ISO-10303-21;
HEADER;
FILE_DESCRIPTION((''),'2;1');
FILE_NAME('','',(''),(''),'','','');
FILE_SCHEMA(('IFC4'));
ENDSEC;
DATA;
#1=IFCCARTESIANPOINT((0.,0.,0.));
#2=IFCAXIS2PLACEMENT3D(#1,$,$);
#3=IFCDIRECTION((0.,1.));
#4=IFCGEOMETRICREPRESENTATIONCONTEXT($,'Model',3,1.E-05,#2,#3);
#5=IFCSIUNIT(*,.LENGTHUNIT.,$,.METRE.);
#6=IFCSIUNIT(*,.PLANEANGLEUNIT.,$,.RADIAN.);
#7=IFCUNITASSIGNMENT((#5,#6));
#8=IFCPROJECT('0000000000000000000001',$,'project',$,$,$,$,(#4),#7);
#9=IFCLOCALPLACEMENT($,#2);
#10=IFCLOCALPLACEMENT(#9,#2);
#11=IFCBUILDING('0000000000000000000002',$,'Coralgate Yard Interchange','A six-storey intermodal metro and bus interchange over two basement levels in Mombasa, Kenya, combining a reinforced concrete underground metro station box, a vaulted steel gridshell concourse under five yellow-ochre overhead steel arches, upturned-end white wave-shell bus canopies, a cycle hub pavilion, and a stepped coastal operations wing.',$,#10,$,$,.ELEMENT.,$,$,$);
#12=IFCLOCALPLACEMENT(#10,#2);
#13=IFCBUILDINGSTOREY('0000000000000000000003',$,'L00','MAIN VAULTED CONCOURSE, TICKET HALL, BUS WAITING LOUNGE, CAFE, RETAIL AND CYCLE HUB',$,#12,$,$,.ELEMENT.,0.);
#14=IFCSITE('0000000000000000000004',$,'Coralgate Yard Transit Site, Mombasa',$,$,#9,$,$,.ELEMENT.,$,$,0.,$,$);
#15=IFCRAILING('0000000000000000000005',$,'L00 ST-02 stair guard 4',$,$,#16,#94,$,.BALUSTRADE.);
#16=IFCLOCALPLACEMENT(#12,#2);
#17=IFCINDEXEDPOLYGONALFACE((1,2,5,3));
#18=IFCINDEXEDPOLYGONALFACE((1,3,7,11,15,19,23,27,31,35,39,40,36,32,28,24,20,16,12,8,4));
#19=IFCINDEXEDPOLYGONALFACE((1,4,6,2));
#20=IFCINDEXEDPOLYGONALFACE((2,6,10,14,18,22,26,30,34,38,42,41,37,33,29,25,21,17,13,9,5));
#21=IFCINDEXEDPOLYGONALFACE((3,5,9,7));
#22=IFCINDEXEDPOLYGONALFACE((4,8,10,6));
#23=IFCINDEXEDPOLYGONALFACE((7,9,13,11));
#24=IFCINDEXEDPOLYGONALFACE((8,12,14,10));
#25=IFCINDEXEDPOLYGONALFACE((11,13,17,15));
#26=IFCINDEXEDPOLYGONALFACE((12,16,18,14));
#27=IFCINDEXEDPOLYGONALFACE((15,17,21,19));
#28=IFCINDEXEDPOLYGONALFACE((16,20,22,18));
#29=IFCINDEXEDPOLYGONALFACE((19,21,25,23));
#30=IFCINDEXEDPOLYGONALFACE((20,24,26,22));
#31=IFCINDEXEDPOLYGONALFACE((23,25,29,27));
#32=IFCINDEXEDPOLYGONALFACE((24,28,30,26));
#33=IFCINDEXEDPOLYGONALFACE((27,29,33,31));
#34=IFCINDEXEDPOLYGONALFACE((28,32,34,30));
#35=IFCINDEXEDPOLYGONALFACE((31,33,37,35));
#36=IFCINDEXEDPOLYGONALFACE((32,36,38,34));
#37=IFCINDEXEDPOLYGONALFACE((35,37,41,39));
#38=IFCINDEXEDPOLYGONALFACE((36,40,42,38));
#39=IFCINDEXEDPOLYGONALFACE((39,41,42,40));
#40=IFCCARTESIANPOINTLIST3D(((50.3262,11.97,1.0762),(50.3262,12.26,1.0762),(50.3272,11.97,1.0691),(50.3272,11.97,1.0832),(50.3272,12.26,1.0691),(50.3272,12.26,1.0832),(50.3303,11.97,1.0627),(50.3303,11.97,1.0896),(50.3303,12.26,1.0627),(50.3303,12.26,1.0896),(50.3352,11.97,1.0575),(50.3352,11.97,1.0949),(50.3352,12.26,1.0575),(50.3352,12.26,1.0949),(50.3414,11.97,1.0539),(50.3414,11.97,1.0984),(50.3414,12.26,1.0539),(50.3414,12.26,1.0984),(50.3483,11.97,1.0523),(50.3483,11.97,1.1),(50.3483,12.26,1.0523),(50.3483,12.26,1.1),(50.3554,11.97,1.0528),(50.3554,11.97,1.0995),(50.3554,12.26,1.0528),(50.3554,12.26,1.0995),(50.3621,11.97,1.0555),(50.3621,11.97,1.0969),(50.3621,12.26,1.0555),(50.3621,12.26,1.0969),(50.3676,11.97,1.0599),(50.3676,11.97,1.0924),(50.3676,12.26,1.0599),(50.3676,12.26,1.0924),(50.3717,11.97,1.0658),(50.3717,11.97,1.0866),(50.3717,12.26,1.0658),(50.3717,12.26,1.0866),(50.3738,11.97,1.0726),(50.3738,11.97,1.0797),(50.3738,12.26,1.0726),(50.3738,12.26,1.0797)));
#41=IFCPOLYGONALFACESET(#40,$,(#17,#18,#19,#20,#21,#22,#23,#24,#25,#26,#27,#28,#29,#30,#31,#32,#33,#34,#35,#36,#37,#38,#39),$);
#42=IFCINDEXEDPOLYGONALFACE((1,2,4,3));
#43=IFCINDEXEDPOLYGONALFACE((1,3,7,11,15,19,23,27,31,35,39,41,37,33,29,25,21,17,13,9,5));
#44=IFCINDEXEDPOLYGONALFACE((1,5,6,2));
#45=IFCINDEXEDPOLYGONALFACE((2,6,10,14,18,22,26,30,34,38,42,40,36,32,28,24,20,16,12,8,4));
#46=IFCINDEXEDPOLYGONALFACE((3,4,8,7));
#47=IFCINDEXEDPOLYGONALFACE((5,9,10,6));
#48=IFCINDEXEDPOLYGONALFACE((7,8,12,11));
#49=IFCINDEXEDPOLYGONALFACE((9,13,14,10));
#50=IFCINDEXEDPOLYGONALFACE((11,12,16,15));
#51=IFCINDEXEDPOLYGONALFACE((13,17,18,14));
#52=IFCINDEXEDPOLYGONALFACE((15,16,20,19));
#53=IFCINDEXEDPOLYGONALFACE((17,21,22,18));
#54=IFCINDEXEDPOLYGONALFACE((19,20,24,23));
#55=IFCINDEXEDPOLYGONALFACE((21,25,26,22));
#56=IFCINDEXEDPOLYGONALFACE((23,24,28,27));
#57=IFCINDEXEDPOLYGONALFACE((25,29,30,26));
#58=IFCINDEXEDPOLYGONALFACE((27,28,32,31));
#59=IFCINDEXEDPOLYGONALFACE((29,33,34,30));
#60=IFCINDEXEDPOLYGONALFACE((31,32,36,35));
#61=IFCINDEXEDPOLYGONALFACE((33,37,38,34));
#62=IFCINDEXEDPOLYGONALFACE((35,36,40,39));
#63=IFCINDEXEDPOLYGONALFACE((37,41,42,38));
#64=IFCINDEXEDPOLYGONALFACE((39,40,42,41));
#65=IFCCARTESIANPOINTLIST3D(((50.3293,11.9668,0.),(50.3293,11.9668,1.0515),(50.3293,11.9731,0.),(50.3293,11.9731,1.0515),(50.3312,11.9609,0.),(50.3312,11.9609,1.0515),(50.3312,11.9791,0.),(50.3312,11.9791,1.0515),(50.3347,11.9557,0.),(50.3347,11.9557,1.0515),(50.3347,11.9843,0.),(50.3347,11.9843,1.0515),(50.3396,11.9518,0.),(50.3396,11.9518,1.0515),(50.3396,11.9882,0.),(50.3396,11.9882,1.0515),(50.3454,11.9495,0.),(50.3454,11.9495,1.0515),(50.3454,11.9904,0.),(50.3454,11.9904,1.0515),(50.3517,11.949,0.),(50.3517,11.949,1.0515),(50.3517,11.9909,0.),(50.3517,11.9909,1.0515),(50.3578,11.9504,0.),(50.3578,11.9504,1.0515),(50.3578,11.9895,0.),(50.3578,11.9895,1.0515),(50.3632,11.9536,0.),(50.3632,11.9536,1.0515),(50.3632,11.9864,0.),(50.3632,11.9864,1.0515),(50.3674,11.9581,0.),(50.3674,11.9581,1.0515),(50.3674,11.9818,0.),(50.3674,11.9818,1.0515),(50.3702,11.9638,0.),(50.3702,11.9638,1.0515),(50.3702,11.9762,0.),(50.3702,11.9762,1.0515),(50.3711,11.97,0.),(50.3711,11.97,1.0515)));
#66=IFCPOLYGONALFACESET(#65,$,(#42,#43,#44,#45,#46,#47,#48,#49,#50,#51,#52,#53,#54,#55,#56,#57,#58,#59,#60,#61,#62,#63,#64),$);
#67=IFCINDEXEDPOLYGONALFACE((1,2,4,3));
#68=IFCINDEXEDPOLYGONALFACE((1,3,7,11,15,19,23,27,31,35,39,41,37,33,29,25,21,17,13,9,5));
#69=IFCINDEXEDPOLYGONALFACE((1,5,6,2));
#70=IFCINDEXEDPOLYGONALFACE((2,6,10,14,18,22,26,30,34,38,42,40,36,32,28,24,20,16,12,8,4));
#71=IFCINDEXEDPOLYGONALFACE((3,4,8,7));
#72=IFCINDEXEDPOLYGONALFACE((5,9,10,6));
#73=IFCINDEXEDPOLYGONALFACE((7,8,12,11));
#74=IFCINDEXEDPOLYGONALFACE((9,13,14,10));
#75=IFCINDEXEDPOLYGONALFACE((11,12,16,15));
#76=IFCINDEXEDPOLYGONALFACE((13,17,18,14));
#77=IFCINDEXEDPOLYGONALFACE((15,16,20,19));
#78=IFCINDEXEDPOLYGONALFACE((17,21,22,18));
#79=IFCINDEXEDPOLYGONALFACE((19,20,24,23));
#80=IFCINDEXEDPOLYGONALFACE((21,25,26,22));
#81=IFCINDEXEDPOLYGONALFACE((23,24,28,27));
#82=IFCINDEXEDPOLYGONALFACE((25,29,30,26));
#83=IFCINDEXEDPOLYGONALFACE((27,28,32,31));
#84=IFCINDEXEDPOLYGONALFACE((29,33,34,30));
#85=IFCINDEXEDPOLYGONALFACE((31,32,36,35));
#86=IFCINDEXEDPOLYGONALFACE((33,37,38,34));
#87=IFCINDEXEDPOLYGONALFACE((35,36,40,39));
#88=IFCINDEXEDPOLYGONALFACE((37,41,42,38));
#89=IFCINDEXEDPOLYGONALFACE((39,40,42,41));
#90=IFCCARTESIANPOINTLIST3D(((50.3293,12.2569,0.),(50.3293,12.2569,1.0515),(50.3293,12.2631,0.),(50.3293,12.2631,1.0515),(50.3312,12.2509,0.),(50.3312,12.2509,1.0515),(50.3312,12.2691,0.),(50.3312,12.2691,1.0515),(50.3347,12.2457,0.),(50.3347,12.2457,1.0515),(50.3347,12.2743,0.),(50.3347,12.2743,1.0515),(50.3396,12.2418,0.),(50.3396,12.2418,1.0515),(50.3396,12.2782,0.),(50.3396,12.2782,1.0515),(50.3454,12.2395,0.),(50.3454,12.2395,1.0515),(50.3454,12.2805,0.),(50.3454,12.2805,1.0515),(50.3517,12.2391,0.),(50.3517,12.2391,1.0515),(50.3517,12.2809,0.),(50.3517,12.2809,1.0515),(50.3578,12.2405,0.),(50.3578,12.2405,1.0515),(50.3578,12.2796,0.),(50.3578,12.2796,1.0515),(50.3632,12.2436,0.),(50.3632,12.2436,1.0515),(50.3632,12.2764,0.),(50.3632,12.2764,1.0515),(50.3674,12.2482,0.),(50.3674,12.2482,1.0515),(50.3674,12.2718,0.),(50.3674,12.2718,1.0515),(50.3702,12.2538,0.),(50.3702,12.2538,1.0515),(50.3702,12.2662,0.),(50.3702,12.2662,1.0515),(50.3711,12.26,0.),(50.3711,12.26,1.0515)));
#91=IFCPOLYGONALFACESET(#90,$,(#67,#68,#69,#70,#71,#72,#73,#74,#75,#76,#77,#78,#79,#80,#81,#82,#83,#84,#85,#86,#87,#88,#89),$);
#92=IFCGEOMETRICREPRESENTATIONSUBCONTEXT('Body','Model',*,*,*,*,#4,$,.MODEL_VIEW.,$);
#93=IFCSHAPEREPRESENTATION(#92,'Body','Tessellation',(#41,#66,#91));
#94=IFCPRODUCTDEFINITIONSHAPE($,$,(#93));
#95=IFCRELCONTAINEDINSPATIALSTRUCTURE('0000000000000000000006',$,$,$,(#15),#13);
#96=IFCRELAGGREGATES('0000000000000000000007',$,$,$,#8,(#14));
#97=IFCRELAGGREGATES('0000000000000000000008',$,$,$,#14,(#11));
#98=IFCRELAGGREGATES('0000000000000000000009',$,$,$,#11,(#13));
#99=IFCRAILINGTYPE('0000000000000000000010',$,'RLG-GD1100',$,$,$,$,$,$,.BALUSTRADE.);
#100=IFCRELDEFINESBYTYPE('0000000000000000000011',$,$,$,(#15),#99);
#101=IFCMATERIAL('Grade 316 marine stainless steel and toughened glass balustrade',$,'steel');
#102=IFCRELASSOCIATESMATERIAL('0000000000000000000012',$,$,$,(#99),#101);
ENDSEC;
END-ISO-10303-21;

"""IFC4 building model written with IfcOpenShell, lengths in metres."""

from ifc_helpers import new_model, si_unit, direction, frame, origin, origin_2d, place, context, subcontext, project, spatial, circle, extrude, material, type_object, element, save


model = new_model("IFC4")

# Units and contexts
model_context = context("Model", 3, precision=1e-05, world=origin(), true_north=direction((0.0, 1.0)))
body_context = subcontext(model_context, "Body", "Model", "MODEL_VIEW")
ifc_project = project(units=[si_unit("LENGTHUNIT", "METRE"), si_unit("PLANEANGLEUNIT", "RADIAN")], contexts=[model_context])

# Site, building, storey
site_placement = place(None, origin())
site = spatial("IfcSite", under=ifc_project, at=site_placement, Name="Coralgate Yard Transit Site, Mombasa", CompositionType="ELEMENT", RefElevation=0.0)
building_placement = place(site_placement, origin())
building = spatial("IfcBuilding", under=site, at=building_placement, Name="Coralgate Yard Interchange", Description="A six-storey intermodal metro and bus interchange over two basement levels in Mombasa, Kenya, combining a reinforced concrete underground metro station box, a vaulted steel gridshell concourse under five yellow-ochre overhead steel arches, upturned-end white wave-shell bus canopies, a cycle hub pavilion, and a stepped coastal operations wing.", CompositionType="ELEMENT")
storey_placement = place(building_placement, origin())
storey = spatial("IfcBuildingStorey", under=building, at=storey_placement, Name="L00", Description="MAIN VAULTED CONCOURSE, TICKET HALL, BUS WAITING LOUNGE, CAFE, RETAIL AND CYCLE HUB", CompositionType="ELEMENT", Elevation=0.0)

# Railing
ifc_material_1 = material(Name="Grade 316 marine stainless steel and toughened glass balustrade", Category="steel")
railing_type_1 = type_object("IfcRailingType", Name="RLG-GD1100", PredefinedType="BALUSTRADE", material=ifc_material_1)
railing_1_placement = place(storey_placement, frame((50.3501, 11.97, 0.0)))
element("IfcRailing", 1, at=railing_1_placement, inside=storey, type_object=railing_type_1, Name="L00 ST-02 stair guard 4", PredefinedType="BALUSTRADE", context=body_context, shape_type="SweptSolid", body=[
    extrude(circle(Radius=0.0239, at=origin_2d()), frame((0.0, 0.0, 1.0762), z_axis=(0.0, 1.0, 0.0), x_axis=(-1.0, 0.0, 0.0)), (0.0, 0.0, 1.0), 0.29),
    extrude(circle(Radius=0.021, at=origin_2d()), origin(), (0.0, 0.0, 1.0), 1.0515),
    extrude(circle(Radius=0.021, at=origin_2d()), frame((0.0, 0.29, 0.0)), (0.0, 0.0, 1.0), 1.0515),
])

save(model, "model.ifc")
